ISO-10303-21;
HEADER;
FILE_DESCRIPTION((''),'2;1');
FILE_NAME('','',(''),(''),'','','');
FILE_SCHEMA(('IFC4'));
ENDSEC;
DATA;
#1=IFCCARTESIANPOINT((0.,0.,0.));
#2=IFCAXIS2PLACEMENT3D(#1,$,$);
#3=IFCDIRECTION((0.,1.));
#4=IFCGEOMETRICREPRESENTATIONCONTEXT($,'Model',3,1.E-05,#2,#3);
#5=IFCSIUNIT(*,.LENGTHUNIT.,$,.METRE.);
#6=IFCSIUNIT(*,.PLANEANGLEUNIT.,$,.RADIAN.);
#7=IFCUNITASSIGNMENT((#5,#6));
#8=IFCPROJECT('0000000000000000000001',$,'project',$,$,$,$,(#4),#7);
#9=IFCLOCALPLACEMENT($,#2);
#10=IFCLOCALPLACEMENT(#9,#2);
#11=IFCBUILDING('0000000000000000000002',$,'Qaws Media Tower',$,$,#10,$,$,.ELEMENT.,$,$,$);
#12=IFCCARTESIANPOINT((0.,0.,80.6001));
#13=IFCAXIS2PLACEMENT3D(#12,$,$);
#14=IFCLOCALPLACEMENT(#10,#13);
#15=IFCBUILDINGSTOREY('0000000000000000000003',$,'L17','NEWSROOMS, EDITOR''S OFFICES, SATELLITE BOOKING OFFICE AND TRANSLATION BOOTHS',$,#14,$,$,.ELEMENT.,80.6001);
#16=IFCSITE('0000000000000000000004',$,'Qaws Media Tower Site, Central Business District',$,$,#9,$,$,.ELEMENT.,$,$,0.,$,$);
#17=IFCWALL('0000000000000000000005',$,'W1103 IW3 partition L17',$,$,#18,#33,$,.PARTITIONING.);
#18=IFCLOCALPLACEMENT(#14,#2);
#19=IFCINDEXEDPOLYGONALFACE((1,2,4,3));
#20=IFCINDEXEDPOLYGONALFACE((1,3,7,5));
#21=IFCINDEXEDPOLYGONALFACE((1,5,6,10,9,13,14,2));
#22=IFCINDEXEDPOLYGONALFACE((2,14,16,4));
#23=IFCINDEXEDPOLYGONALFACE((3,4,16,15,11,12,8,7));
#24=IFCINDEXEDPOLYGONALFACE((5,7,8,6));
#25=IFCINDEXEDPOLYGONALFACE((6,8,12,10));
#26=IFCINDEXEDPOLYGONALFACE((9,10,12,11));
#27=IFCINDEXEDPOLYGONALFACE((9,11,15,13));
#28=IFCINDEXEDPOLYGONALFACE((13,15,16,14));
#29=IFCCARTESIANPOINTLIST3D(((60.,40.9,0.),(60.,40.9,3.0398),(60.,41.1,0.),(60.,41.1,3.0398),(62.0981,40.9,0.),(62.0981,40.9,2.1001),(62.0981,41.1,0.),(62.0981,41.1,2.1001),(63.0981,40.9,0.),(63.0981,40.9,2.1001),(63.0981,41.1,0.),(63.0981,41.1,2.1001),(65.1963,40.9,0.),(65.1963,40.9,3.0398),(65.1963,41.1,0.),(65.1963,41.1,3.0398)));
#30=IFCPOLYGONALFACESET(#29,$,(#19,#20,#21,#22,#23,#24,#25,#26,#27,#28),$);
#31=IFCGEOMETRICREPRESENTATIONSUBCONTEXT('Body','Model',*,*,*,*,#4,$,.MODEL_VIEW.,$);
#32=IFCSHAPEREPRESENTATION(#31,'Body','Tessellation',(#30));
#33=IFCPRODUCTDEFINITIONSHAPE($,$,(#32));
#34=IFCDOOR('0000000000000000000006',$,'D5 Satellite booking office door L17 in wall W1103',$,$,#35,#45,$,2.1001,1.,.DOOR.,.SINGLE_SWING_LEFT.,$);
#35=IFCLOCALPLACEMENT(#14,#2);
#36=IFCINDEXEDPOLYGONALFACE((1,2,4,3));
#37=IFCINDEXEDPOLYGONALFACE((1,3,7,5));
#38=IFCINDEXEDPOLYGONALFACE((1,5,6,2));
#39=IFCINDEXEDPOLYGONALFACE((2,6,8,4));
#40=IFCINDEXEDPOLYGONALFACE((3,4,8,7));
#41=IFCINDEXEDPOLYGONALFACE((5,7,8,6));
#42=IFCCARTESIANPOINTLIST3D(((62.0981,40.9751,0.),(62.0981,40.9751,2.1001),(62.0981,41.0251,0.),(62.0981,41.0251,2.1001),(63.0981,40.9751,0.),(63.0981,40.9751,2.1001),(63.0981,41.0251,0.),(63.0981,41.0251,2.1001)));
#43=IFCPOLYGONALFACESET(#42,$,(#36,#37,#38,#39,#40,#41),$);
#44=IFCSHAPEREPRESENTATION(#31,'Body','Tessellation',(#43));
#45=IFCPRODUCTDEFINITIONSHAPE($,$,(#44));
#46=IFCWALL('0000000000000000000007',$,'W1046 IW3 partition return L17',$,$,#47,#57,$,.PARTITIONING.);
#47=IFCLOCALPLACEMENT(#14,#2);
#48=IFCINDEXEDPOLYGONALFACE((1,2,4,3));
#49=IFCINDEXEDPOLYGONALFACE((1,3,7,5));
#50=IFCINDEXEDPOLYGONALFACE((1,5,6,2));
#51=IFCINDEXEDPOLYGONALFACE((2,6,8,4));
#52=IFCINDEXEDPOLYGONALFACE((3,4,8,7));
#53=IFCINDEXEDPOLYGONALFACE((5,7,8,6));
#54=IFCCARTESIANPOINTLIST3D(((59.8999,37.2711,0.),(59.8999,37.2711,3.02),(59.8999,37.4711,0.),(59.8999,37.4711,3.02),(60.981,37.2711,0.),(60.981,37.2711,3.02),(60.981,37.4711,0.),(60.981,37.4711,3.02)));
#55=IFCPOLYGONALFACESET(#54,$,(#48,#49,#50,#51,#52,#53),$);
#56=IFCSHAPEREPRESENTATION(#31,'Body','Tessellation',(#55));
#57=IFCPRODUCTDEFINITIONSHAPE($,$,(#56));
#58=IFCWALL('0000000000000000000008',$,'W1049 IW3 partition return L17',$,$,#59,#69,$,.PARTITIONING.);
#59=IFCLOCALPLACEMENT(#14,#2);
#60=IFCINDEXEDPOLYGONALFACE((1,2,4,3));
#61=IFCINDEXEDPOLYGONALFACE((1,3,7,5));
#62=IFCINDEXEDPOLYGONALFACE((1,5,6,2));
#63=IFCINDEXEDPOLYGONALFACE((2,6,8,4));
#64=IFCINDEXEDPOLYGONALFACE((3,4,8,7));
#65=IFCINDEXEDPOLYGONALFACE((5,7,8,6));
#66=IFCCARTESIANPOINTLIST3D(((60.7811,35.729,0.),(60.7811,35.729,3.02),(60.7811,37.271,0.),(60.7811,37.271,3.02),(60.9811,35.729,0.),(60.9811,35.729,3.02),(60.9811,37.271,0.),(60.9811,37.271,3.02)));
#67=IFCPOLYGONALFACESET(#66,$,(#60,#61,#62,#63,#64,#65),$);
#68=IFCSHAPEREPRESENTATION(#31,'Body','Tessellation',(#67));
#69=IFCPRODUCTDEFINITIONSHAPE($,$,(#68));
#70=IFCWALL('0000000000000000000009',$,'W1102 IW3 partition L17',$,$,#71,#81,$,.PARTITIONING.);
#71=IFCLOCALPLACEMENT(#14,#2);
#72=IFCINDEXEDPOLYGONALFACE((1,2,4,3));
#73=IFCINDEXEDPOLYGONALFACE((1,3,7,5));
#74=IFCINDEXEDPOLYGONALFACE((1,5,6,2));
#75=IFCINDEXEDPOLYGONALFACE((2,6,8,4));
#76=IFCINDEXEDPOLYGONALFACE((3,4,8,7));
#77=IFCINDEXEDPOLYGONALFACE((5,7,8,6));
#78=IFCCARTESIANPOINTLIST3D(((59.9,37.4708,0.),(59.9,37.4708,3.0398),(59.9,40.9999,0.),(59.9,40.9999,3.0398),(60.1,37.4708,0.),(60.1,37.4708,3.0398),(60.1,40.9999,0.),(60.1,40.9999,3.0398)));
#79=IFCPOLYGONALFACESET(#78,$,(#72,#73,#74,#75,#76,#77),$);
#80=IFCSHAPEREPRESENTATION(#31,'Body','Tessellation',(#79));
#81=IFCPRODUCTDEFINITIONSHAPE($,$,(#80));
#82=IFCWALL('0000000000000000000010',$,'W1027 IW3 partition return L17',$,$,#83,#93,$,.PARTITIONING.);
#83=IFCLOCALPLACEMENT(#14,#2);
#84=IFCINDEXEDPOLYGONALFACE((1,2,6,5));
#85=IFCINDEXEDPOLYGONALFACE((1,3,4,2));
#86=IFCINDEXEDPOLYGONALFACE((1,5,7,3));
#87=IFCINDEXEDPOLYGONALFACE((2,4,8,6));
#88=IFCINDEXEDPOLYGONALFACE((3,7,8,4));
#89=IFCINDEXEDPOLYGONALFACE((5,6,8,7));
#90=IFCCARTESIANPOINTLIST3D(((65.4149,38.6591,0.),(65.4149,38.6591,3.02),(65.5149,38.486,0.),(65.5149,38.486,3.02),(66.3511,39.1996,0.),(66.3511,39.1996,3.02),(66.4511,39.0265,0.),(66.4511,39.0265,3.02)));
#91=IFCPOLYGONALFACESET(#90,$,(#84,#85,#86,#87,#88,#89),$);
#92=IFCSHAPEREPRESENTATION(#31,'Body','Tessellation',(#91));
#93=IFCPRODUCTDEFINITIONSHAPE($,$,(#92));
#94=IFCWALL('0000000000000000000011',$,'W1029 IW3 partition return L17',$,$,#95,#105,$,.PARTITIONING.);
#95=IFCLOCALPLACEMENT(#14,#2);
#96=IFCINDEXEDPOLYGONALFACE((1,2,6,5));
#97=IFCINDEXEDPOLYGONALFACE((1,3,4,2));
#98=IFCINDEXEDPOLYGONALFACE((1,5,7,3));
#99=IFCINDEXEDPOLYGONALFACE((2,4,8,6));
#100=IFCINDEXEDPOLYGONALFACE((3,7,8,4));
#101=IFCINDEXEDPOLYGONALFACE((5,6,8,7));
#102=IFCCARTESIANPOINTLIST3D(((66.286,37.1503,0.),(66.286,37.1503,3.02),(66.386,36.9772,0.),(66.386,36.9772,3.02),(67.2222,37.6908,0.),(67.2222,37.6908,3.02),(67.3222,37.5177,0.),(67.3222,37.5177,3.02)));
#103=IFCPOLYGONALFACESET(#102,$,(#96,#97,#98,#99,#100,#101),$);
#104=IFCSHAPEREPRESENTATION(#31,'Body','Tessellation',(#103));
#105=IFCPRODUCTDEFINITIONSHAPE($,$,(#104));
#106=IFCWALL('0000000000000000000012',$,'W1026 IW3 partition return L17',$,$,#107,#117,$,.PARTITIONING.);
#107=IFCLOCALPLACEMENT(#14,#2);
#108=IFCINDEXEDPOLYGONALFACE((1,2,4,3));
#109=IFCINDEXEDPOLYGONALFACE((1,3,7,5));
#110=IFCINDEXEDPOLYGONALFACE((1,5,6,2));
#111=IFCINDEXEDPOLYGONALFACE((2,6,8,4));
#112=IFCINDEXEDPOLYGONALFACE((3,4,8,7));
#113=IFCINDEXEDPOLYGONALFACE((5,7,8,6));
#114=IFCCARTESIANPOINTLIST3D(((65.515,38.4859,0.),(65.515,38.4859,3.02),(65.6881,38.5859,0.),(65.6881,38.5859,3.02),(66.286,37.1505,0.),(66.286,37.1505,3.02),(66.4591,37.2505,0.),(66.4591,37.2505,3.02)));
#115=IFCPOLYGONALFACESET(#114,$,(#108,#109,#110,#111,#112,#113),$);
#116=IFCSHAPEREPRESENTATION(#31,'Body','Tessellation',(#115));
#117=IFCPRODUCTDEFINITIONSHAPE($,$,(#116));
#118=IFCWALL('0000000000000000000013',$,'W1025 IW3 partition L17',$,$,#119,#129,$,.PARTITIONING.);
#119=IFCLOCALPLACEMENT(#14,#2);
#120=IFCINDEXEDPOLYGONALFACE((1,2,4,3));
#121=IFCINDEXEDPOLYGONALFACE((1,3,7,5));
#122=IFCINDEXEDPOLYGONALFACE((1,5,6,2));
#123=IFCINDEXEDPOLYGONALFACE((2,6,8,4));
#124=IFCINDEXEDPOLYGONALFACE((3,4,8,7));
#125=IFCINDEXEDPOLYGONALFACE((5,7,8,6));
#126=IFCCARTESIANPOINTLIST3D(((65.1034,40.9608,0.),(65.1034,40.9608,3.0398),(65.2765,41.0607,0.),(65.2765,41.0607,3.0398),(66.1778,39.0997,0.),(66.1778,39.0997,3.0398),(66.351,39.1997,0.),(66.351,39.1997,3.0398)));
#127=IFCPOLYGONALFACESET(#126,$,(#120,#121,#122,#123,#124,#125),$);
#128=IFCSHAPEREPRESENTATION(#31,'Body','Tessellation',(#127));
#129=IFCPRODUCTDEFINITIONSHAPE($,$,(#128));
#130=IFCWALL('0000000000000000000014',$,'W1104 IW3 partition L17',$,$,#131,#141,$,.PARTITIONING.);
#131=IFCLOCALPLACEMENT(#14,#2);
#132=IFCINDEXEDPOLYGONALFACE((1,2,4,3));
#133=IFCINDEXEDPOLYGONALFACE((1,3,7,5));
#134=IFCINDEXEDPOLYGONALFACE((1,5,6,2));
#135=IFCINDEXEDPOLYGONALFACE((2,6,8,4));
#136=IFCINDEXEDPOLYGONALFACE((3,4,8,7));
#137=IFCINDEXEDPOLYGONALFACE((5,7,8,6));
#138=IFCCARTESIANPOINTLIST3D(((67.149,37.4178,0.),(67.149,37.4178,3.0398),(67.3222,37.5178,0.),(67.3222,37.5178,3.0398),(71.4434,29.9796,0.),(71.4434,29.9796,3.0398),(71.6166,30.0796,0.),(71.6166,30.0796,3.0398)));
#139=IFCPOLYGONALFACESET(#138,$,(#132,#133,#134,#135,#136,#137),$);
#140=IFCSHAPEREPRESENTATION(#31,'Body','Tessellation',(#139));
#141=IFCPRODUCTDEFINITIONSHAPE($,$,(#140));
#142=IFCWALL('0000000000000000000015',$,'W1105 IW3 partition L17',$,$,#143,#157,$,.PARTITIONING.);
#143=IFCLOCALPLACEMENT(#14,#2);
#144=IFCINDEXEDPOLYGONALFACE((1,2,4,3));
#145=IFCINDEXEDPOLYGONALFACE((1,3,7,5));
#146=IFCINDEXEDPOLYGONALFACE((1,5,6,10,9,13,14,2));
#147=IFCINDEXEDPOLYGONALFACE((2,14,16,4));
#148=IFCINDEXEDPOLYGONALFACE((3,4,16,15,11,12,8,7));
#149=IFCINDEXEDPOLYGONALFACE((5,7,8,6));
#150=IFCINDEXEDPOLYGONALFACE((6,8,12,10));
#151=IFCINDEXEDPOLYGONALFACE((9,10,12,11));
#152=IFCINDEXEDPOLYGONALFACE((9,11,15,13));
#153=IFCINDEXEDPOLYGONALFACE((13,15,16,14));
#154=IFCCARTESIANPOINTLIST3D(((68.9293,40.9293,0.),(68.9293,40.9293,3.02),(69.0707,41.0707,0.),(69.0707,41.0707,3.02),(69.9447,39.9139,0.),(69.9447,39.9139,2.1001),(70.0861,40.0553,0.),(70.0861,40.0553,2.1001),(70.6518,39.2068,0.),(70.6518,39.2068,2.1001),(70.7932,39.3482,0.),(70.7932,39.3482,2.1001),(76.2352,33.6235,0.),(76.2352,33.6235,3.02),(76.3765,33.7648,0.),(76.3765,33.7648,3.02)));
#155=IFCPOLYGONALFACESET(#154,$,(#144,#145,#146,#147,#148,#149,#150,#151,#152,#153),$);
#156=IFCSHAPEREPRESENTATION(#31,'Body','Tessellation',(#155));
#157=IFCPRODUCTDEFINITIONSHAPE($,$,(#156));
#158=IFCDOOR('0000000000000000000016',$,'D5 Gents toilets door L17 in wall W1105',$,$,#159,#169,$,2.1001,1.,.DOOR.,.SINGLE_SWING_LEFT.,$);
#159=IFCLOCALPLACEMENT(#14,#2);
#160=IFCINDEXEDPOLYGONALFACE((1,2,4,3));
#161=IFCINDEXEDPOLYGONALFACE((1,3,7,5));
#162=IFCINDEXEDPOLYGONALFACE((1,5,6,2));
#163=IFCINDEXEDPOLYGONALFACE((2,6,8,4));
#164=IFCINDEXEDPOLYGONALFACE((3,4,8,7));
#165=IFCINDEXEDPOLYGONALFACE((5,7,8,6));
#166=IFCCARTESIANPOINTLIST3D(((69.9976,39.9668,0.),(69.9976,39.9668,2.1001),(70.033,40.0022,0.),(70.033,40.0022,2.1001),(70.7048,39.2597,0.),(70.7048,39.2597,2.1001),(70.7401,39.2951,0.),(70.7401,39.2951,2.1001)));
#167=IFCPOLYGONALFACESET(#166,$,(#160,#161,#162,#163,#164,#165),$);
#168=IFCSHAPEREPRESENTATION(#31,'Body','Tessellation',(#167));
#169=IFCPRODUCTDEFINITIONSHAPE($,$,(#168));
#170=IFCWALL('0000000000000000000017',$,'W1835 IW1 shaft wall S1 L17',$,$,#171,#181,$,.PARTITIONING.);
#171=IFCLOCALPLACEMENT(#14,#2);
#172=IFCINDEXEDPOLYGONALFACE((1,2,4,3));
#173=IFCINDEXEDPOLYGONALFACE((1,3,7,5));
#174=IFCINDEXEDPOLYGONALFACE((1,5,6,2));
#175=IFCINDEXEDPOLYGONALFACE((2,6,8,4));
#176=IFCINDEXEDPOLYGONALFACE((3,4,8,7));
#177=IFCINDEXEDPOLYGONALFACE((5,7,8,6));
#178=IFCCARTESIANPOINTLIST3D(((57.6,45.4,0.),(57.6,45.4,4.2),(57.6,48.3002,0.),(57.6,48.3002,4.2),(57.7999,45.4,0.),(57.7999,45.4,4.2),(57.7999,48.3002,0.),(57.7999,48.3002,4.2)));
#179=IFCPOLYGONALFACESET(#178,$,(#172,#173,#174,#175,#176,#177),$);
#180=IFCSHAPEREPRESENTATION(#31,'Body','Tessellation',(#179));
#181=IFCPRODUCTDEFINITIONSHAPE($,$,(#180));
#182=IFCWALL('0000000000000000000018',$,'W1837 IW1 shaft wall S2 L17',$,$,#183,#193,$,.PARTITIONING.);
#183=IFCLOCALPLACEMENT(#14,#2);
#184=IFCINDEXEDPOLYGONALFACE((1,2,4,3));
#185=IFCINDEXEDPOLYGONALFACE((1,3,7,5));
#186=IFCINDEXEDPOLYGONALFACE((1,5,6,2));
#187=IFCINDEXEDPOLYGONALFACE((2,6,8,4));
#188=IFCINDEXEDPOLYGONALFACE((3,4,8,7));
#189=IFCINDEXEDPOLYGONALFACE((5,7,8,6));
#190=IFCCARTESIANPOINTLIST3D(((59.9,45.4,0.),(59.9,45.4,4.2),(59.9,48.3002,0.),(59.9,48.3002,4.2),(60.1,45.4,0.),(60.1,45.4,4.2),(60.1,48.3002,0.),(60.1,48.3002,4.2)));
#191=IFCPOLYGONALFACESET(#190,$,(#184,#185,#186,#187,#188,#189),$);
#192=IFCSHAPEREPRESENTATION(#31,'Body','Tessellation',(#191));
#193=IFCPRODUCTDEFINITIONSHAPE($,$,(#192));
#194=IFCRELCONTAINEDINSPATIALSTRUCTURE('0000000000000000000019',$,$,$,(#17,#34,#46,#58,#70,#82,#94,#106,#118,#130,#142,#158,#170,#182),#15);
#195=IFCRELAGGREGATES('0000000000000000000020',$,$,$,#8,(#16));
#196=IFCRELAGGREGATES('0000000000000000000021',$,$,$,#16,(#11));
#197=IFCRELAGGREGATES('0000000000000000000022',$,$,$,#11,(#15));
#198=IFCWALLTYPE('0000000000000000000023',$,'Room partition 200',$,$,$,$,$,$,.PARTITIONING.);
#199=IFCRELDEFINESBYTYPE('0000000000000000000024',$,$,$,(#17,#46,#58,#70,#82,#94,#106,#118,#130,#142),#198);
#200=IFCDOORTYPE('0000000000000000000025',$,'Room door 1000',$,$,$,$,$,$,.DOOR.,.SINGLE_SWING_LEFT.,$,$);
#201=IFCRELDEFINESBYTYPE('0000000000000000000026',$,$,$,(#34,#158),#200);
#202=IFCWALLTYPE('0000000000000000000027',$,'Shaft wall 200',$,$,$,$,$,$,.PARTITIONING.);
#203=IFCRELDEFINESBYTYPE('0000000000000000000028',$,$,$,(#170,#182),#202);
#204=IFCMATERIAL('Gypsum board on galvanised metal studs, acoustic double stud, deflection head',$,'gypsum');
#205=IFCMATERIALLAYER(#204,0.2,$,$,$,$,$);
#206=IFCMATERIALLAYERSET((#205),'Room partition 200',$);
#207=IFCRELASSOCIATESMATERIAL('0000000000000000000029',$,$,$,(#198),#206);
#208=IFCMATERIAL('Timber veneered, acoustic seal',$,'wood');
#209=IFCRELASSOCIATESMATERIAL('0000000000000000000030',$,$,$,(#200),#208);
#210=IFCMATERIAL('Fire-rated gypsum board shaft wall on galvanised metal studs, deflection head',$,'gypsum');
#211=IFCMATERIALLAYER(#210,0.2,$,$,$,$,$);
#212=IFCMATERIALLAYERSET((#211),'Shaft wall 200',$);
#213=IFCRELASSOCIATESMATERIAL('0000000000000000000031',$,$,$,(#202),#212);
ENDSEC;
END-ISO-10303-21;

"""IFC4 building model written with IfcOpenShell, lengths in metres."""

from ifc_helpers import new_model, si_unit, direction, frame, frame_2d, origin, place, context, subcontext, project, spatial, rectangle, extrude, material, layer, layer_set, type_object, element, fill, save


model = new_model("IFC4")

# Units and contexts
model_context = context("Model", 3, precision=1e-05, world=origin(), true_north=direction((0.0, 1.0)))
body_context = subcontext(model_context, "Body", "Model", "MODEL_VIEW")
ifc_project = project(units=[si_unit("LENGTHUNIT", "METRE"), si_unit("PLANEANGLEUNIT", "RADIAN")], contexts=[model_context])

# Site, building, storey
site_placement = place(None, origin())
site = spatial("IfcSite", under=ifc_project, at=site_placement, Name="Qaws Media Tower Site, Central Business District", CompositionType="ELEMENT", RefElevation=0.0)
building_placement = place(site_placement, origin())
building = spatial("IfcBuilding", under=site, at=building_placement, Name="Qaws Media Tower", CompositionType="ELEMENT")
storey_placement = place(building_placement, frame((0.0, 0.0, 80.6001)))
storey = spatial("IfcBuildingStorey", under=building, at=storey_placement, Name="L17", Description="NEWSROOMS, EDITOR'S OFFICES, SATELLITE BOOKING OFFICE AND TRANSLATION BOOTHS", CompositionType="ELEMENT", Elevation=80.6001)

# Shared definitions
ifc_material_1 = material(Name="Gypsum board on galvanised metal studs, acoustic double stud, deflection head", Category="gypsum")
ifc_layer_1 = layer(ifc_material_1, 0.2)
ifc_layer_set_1 = layer_set([ifc_layer_1], Name="Room partition 200")
wall_type_1 = type_object("IfcWallType", Name="Room partition 200", PredefinedType="PARTITIONING", material=ifc_layer_set_1)

# Wall, opening, door
wall_1_placement = place(storey_placement, frame((65.1963, 41.0, 0.0), z_axis=(0.0, 0.0, 1.0), x_axis=(-1.0, 0.0, 0.0)))
wall_1 = element("IfcWall", 1, at=wall_1_placement, inside=storey, type_object=wall_type_1, Name="W1103 IW3 partition L17", PredefinedType="PARTITIONING", context=body_context, shape_type="SweptSolid", body=[
    extrude(rectangle(XDim=5.1963, YDim=0.2, at=frame_2d((2.5981, 0.0))), origin(), (0.0, 0.0, 1.0), 3.0398),
])
opening_1_placement = place(wall_1_placement, frame((2.0981, 0.0, 0.0)))
opening_1 = element("IfcOpeningElement", 2, at=opening_1_placement, cuts=wall_1, PredefinedType="OPENING", context=body_context, shape_type="SweptSolid", body=[
    extrude(rectangle(XDim=1.0, YDim=2.1001, at=frame_2d((0.5, 1.05))), frame((0.0, 0.1099, 0.0), z_axis=(0.0, -1.0, 0.0), x_axis=(1.0, 0.0, 0.0)), (0.0, 0.0, 1.0), 0.22),
])
ifc_material_2 = material(Name="Timber veneered, acoustic seal", Category="wood")
door_type_1 = type_object("IfcDoorType", Name="Room door 1000", OperationType="SINGLE_SWING_LEFT", PredefinedType="DOOR", material=ifc_material_2)
door_1_placement = place(opening_1_placement, origin())
door_1 = element("IfcDoor", 3, at=door_1_placement, inside=storey, type_object=door_type_1, Name="D5 Satellite booking office door L17 in wall W1103", OperationType="SINGLE_SWING_LEFT", OverallHeight=2.1001, OverallWidth=1.0, PredefinedType="DOOR", context=body_context, shape_type="SweptSolid", body=[
    extrude(rectangle(XDim=1.0, YDim=2.1001, at=frame_2d((0.5, 1.05))), frame((0.0, 0.0249, 0.0), z_axis=(0.0, -1.0, 0.0), x_axis=(1.0, 0.0, 0.0)), (0.0, 0.0, 1.0), 0.05),
])
fill(opening_1, door_1)

# Walls
wall_2_placement = place(storey_placement, frame((59.8999, 37.3711, 0.0), z_axis=(0.0, 0.0, 1.0), x_axis=(1.0, 0.0, 0.0)))
element("IfcWall", 4, at=wall_2_placement, inside=storey, type_object=wall_type_1, Name="W1046 IW3 partition return L17", PredefinedType="PARTITIONING", context=body_context, shape_type="SweptSolid", body=[
    extrude(rectangle(XDim=1.0811, YDim=0.2, at=frame_2d((0.5405, 0.0))), origin(), (0.0, 0.0, 1.0), 3.02),
])
wall_3_placement = place(storey_placement, frame((60.8811, 37.271, 0.0), z_axis=(0.0, 0.0, 1.0), x_axis=(0.0, -1.0, 0.0)))
element("IfcWall", 5, at=wall_3_placement, inside=storey, type_object=wall_type_1, Name="W1049 IW3 partition return L17", PredefinedType="PARTITIONING", context=body_context, shape_type="SweptSolid", body=[
    extrude(rectangle(XDim=1.542, YDim=0.2, at=frame_2d((0.771, 0.0))), origin(), (0.0, 0.0, 1.0), 3.02),
])
wall_4_placement = place(storey_placement, frame((60.0, 41.0, 0.0), z_axis=(0.0, 0.0, 1.0), x_axis=(0.0, -1.0, 0.0)))
element("IfcWall", 6, at=wall_4_placement, inside=storey, type_object=wall_type_1, Name="W1102 IW3 partition L17", PredefinedType="PARTITIONING", context=body_context, shape_type="SweptSolid", body=[
    extrude(rectangle(XDim=3.5291, YDim=0.2, at=frame_2d((1.7646, 0.0))), origin(), (0.0, 0.0, 1.0), 3.0398),
])
for number, where, z_axis, x_axis, name in (
    (7, (66.4011, 39.113, 0.0), (0.0, 0.0, 1.0), (-0.866039, -0.499977, 0.0), "W1027 IW3 partition return L17"),
    (8, (67.2722, 37.6042, 0.0), (0.0, 0.0, 1.0), (-0.866039, -0.499977, 0.0), "W1029 IW3 partition return L17"),
):
    element("IfcWall", number, at=place(storey_placement, frame(where, z_axis=z_axis, x_axis=x_axis)), inside=storey, type_object=wall_type_1, Name=name, PredefinedType="PARTITIONING", context=body_context, shape_type="SweptSolid", body=[
        extrude(rectangle(XDim=1.0811, YDim=0.2, at=frame_2d((0.5405, 0.0))), origin(), (0.0, 0.0, 1.0), 3.02),
    ])
wall_5_placement = place(storey_placement, frame((65.6016, 38.5359, 0.0), z_axis=(0.0, 0.0, 1.0), x_axis=(0.499987, -0.866033, 0.0)))
element("IfcWall", 9, at=wall_5_placement, inside=storey, type_object=wall_type_1, Name="W1026 IW3 partition return L17", PredefinedType="PARTITIONING", context=body_context, shape_type="SweptSolid", body=[
    extrude(rectangle(XDim=1.542, YDim=0.2, at=frame_2d((0.771, 0.0))), origin(), (0.0, 0.0, 1.0), 3.02),
])
wall_6_placement = place(storey_placement, frame((65.1899, 41.0107, 0.0), z_axis=(0.0, 0.0, 1.0), x_axis=(0.499988, -0.866032, 0.0)))
element("IfcWall", 10, at=wall_6_placement, inside=storey, type_object=wall_type_1, Name="W1025 IW3 partition L17", PredefinedType="PARTITIONING", context=body_context, shape_type="SweptSolid", body=[
    extrude(rectangle(XDim=2.1489, YDim=0.2, at=frame_2d((1.0745, 0.0))), origin(), (0.0, 0.0, 1.0), 3.0398),
])
wall_7_placement = place(storey_placement, frame((67.2356, 37.4678, 0.0), z_axis=(0.0, 0.0, 1.0), x_axis=(0.499997, -0.866027, 0.0)))
element("IfcWall", 11, at=wall_7_placement, inside=storey, type_object=wall_type_1, Name="W1104 IW3 partition L17", PredefinedType="PARTITIONING", context=body_context, shape_type="SweptSolid", body=[
    extrude(rectangle(XDim=8.5889, YDim=0.2, at=frame_2d((4.2944, 0.0))), origin(), (0.0, 0.0, 1.0), 3.0398),
])

# Wall, opening, door
wall_8_placement = place(storey_placement, frame((69.0, 41.0, 0.0), z_axis=(0.0, 0.0, 1.0), x_axis=(0.707107, -0.707107, 0.0)))
wall_8 = element("IfcWall", 12, at=wall_8_placement, inside=storey, type_object=wall_type_1, Name="W1105 IW3 partition L17", PredefinedType="PARTITIONING", context=body_context, shape_type="SweptSolid", body=[
    extrude(rectangle(XDim=10.332, YDim=0.2, at=frame_2d((5.166, 0.0))), origin(), (0.0, 0.0, 1.0), 3.02),
])
opening_2_placement = place(wall_8_placement, frame((1.436, 0.0, 0.0)))
opening_2 = element("IfcOpeningElement", 13, at=opening_2_placement, cuts=wall_8, PredefinedType="OPENING", context=body_context, shape_type="SweptSolid", body=[
    extrude(rectangle(XDim=1.0, YDim=2.1001, at=frame_2d((0.5, 1.05))), frame((0.0, 0.1099, 0.0), z_axis=(0.0, -1.0, 0.0), x_axis=(1.0, 0.0, 0.0)), (0.0, 0.0, 1.0), 0.22),
])
door_2_placement = place(opening_2_placement, origin())
door_2 = element("IfcDoor", 14, at=door_2_placement, inside=storey, type_object=door_type_1, Name="D5 Gents toilets door L17 in wall W1105", OperationType="SINGLE_SWING_LEFT", OverallHeight=2.1001, OverallWidth=1.0, PredefinedType="DOOR", context=body_context, shape_type="SweptSolid", body=[
    extrude(rectangle(XDim=1.0, YDim=2.1001, at=frame_2d((0.5, 1.05))), frame((0.0, 0.0249, 0.0), z_axis=(0.0, -1.0, 0.0), x_axis=(1.0, 0.0, 0.0)), (0.0, 0.0, 1.0), 0.05),
])
fill(opening_2, door_2)

# Walls
ifc_material_3 = material(Name="Fire-rated gypsum board shaft wall on galvanised metal studs, deflection head", Category="gypsum")
ifc_layer_2 = layer(ifc_material_3, 0.2)
ifc_layer_set_2 = layer_set([ifc_layer_2], Name="Shaft wall 200")
wall_type_2 = type_object("IfcWallType", Name="Shaft wall 200", PredefinedType="PARTITIONING", material=ifc_layer_set_2)
for number, where, z_axis, x_axis, name in (
    (15, (57.7, 45.3999, 0.0), (0.0, 0.0, 1.0), (0.0, 1.0, 0.0), "W1835 IW1 shaft wall S1 L17"),
    (16, (60.0, 45.3999, 0.0), (0.0, 0.0, 1.0), (0.0, 1.0, 0.0), "W1837 IW1 shaft wall S2 L17"),
):
    element("IfcWall", number, at=place(storey_placement, frame(where, z_axis=z_axis, x_axis=x_axis)), inside=storey, type_object=wall_type_2, Name=name, PredefinedType="PARTITIONING", context=body_context, shape_type="SweptSolid", body=[
        extrude(rectangle(XDim=2.9001, YDim=0.2, at=frame_2d((1.4502, 0.0))), origin(), (0.0, 0.0, 1.0), 4.2),
    ])

save(model, "model.ifc")
